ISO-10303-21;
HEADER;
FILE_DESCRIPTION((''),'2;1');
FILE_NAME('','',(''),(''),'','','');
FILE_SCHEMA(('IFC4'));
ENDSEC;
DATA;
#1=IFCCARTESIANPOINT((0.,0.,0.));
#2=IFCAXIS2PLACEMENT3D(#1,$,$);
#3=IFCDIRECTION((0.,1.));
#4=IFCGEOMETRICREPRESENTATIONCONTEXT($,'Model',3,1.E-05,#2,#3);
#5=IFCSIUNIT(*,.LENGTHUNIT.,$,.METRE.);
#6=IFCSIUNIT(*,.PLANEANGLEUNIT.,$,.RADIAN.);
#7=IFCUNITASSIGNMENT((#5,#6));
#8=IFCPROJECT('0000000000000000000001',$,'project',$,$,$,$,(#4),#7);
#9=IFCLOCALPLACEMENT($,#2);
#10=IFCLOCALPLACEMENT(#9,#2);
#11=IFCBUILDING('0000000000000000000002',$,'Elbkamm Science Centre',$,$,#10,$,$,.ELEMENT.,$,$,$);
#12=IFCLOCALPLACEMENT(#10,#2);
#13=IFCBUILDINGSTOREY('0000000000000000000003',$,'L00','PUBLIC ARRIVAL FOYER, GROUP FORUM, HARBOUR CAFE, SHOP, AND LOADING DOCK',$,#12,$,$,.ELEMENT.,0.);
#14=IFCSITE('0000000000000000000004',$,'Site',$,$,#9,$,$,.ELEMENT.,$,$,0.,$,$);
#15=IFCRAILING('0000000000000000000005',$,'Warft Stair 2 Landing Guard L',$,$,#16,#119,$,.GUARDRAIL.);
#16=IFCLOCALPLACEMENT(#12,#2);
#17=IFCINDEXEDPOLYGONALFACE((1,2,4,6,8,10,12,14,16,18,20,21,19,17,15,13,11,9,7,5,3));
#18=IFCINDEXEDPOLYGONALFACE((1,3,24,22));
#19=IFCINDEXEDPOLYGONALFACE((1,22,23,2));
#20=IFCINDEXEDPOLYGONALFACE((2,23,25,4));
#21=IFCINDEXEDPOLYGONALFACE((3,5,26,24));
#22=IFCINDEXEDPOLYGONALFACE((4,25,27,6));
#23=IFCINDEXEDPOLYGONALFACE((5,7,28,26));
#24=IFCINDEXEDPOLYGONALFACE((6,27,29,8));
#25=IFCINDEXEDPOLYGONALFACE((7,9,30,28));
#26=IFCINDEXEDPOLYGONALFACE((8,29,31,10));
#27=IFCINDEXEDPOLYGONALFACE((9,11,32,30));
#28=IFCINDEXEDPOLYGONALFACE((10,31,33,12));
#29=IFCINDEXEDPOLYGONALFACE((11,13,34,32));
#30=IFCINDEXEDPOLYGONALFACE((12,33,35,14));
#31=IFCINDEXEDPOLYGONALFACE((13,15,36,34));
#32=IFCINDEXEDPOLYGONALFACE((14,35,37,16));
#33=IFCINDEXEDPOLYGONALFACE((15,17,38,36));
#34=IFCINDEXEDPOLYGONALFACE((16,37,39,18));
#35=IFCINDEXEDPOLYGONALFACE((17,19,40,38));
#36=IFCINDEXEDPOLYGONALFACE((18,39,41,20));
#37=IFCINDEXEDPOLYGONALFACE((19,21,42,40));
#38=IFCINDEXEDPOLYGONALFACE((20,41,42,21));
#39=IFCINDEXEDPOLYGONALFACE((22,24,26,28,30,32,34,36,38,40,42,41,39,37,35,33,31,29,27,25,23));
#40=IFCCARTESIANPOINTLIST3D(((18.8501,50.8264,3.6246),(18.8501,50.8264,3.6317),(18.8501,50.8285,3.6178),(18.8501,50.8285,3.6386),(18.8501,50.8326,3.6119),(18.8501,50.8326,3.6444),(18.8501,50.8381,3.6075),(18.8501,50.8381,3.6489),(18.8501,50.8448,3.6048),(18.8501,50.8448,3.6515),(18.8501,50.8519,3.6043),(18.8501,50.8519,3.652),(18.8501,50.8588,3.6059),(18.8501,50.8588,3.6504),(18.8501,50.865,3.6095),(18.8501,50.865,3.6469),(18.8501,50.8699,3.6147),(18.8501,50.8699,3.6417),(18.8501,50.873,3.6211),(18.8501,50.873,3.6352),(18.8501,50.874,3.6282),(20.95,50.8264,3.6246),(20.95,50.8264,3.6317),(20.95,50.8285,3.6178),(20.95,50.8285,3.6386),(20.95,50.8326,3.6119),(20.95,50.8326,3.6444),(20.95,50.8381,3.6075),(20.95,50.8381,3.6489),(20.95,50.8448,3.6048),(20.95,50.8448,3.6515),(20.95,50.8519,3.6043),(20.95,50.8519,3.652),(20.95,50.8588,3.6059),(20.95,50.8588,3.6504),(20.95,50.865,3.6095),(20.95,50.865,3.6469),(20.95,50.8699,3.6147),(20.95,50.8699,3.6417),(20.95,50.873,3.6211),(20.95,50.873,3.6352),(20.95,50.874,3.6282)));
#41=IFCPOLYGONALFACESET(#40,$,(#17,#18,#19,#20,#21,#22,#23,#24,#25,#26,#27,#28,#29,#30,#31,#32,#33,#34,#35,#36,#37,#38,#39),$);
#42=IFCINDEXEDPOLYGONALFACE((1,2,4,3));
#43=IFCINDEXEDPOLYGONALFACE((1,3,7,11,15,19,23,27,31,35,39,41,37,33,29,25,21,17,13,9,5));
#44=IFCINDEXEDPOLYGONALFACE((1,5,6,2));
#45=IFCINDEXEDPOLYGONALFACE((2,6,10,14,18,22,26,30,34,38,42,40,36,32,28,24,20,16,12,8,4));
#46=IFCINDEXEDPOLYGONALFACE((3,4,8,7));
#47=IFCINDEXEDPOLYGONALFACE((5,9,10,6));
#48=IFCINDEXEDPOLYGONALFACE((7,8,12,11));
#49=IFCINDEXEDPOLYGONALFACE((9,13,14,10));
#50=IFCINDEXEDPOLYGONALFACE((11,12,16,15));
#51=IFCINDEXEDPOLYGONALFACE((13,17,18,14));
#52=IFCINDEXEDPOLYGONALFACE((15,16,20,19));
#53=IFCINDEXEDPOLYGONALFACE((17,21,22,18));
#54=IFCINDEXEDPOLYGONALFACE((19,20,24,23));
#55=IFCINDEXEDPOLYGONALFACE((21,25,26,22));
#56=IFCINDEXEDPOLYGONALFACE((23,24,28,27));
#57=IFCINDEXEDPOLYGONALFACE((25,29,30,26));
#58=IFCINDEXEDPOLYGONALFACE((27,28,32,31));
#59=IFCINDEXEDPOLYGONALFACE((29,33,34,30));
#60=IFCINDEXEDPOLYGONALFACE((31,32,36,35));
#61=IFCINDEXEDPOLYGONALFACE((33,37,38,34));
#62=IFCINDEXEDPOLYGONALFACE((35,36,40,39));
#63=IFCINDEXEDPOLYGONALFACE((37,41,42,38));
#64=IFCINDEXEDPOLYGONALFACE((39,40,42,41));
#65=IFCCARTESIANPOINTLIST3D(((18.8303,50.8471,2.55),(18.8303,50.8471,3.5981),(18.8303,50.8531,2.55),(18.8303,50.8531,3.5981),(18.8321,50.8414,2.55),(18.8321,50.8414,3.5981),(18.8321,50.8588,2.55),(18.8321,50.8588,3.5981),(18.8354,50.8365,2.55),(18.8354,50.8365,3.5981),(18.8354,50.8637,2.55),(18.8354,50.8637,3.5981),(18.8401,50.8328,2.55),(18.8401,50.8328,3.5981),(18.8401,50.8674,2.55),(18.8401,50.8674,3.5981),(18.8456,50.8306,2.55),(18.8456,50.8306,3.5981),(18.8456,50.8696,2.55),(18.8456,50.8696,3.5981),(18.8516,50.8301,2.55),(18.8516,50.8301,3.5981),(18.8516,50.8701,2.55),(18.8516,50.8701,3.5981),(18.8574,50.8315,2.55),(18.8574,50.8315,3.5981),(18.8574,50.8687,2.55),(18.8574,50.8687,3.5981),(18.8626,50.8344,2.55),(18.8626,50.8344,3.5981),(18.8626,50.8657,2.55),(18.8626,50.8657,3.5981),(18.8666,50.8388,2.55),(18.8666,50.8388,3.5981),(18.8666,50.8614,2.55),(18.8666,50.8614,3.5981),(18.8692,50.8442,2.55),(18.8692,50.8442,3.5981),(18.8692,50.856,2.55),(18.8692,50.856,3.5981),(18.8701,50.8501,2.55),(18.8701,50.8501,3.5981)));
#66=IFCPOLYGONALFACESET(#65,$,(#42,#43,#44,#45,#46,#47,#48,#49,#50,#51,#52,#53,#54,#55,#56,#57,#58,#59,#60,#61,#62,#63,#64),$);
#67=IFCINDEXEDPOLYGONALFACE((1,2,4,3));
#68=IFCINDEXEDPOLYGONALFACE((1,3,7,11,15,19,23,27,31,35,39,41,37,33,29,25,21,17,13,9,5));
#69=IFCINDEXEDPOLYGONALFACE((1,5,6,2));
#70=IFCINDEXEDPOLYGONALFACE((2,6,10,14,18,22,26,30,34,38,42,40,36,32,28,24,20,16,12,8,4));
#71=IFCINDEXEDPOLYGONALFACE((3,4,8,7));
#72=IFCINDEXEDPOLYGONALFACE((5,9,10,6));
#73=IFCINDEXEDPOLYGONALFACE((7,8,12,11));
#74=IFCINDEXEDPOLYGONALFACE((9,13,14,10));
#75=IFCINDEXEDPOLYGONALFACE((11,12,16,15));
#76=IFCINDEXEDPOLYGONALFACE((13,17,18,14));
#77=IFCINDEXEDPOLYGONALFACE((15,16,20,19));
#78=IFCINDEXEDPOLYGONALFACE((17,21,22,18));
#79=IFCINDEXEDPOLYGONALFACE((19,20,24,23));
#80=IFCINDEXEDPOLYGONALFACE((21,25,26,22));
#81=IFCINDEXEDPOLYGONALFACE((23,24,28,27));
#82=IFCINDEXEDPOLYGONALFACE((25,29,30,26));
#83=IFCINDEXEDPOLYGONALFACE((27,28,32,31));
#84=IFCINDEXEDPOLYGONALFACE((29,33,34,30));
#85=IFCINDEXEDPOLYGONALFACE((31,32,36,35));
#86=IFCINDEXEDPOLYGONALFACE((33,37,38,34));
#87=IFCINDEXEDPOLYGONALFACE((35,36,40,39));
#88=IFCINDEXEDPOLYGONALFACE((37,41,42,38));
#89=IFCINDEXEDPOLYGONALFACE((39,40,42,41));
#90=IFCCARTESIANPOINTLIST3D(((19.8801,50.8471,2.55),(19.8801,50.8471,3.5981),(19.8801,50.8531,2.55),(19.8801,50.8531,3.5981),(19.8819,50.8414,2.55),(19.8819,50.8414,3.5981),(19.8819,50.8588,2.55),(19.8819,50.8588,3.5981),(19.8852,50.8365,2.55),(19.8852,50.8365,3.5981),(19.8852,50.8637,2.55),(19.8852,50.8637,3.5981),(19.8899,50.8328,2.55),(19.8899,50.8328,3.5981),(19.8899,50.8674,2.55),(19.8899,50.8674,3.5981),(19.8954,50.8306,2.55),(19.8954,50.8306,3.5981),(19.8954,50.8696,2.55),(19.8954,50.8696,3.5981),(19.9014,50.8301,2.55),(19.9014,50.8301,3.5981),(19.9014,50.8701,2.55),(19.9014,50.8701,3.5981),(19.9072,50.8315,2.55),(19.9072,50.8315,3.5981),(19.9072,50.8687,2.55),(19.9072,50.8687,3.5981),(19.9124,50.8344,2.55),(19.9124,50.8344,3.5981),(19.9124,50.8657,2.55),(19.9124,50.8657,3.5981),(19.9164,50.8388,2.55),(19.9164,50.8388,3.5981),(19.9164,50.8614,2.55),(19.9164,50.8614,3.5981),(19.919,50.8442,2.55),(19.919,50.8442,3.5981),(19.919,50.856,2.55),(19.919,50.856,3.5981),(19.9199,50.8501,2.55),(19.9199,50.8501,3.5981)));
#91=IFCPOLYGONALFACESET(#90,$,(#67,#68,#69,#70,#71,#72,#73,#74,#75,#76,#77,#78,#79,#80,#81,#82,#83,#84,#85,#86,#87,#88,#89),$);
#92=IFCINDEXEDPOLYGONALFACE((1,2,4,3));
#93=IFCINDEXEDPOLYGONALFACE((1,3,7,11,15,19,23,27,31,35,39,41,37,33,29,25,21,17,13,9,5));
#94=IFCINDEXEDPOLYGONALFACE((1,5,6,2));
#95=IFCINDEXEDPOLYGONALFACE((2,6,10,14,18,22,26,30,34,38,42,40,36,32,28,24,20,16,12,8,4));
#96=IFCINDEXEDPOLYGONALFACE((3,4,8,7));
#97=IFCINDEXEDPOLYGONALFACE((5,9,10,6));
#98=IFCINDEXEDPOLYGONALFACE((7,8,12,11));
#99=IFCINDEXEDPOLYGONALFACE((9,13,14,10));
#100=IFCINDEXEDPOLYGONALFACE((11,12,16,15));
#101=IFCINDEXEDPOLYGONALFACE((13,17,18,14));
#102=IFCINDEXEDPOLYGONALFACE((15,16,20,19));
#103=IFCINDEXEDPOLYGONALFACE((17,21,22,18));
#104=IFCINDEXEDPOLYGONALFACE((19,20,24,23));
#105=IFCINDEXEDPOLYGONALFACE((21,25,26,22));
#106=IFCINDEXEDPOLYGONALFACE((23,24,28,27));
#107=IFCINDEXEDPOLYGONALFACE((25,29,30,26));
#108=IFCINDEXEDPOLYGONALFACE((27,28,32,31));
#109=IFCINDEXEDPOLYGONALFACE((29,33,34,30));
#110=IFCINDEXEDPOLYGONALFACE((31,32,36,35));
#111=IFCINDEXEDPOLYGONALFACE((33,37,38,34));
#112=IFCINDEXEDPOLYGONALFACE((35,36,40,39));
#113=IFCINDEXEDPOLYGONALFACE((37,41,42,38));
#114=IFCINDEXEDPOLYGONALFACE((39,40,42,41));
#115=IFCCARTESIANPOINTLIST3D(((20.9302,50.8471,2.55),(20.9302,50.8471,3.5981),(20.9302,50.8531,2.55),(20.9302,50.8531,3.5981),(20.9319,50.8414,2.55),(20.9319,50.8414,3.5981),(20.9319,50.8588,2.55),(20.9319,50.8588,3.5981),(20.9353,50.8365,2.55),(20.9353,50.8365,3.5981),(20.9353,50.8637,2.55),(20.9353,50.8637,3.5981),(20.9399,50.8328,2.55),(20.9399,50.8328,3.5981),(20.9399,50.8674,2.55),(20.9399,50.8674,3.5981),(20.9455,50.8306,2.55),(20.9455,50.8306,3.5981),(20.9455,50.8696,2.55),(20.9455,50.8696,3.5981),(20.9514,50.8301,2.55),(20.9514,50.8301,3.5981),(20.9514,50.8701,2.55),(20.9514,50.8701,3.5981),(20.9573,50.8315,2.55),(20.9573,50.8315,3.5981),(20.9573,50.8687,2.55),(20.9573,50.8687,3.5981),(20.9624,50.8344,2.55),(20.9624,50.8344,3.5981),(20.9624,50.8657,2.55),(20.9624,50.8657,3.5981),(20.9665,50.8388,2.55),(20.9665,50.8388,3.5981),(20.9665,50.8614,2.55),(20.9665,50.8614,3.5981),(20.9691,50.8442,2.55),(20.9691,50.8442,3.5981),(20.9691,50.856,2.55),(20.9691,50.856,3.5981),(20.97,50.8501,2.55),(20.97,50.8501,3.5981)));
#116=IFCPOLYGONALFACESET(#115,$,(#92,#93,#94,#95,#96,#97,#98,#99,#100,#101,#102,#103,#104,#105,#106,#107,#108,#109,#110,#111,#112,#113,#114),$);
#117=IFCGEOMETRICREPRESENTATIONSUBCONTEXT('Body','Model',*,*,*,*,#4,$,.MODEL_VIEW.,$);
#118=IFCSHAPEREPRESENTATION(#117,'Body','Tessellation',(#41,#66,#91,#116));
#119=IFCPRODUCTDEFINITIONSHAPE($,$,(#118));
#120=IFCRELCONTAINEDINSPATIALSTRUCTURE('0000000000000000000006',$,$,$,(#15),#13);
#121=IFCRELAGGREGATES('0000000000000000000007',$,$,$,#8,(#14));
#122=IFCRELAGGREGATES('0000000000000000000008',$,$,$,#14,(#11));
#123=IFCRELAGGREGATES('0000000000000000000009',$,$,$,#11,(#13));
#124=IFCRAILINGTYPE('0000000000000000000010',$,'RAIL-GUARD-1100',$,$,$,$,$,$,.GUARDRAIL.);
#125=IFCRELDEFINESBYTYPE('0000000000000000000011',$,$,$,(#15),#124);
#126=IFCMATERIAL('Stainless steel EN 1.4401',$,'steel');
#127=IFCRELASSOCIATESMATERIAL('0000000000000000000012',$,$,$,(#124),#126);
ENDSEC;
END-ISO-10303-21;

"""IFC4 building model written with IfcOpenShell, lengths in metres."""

from ifc_helpers import new_model, si_unit, direction, frame, origin, origin_2d, place, context, subcontext, project, spatial, circle, extrude, material, type_object, element, save


model = new_model("IFC4")

# Units and contexts
model_context = context("Model", 3, precision=1e-05, world=origin(), true_north=direction((0.0, 1.0)))
body_context = subcontext(model_context, "Body", "Model", "MODEL_VIEW")
ifc_project = project(units=[si_unit("LENGTHUNIT", "METRE"), si_unit("PLANEANGLEUNIT", "RADIAN")], contexts=[model_context])

# Site, building, storey
site_placement = place(None, origin())
site = spatial("IfcSite", under=ifc_project, at=site_placement, Name="Site", CompositionType="ELEMENT", RefElevation=0.0)
building_placement = place(site_placement, origin())
building = spatial("IfcBuilding", under=site, at=building_placement, Name="Elbkamm Science Centre", CompositionType="ELEMENT")
storey_placement = place(building_placement, origin())
storey = spatial("IfcBuildingStorey", under=building, at=storey_placement, Name="L00", Description="PUBLIC ARRIVAL FOYER, GROUP FORUM, HARBOUR CAFE, SHOP, AND LOADING DOCK", CompositionType="ELEMENT", Elevation=0.0)

# Railing
ifc_material_1 = material(Name="Stainless steel EN 1.4401", Category="steel")
railing_type_1 = type_object("IfcRailingType", Name="RAIL-GUARD-1100", PredefinedType="GUARDRAIL", material=ifc_material_1)
railing_1_placement = place(storey_placement, frame((18.8501, 50.8501, 2.55)))
element("IfcRailing", 1, at=railing_1_placement, inside=storey, type_object=railing_type_1, Name="Warft Stair 2 Landing Guard L", PredefinedType="GUARDRAIL", context=body_context, shape_type="SweptSolid", body=[
    extrude(circle(Radius=0.0239, at=origin_2d()), frame((0.0, 0.0, 1.0781), z_axis=(1.0, 0.0, 0.0), x_axis=(0.0, 1.0, 0.0)), (0.0, 0.0, 1.0), 2.0999),
    extrude(circle(Radius=0.02, at=origin_2d()), origin(), (0.0, 0.0, 1.0), 1.0481),
    extrude(circle(Radius=0.02, at=origin_2d()), frame((1.0498, 0.0, 0.0)), (0.0, 0.0, 1.0), 1.0481),
    extrude(circle(Radius=0.02, at=origin_2d()), frame((2.0999, 0.0, 0.0)), (0.0, 0.0, 1.0), 1.0481),
])

save(model, "model.ifc")
